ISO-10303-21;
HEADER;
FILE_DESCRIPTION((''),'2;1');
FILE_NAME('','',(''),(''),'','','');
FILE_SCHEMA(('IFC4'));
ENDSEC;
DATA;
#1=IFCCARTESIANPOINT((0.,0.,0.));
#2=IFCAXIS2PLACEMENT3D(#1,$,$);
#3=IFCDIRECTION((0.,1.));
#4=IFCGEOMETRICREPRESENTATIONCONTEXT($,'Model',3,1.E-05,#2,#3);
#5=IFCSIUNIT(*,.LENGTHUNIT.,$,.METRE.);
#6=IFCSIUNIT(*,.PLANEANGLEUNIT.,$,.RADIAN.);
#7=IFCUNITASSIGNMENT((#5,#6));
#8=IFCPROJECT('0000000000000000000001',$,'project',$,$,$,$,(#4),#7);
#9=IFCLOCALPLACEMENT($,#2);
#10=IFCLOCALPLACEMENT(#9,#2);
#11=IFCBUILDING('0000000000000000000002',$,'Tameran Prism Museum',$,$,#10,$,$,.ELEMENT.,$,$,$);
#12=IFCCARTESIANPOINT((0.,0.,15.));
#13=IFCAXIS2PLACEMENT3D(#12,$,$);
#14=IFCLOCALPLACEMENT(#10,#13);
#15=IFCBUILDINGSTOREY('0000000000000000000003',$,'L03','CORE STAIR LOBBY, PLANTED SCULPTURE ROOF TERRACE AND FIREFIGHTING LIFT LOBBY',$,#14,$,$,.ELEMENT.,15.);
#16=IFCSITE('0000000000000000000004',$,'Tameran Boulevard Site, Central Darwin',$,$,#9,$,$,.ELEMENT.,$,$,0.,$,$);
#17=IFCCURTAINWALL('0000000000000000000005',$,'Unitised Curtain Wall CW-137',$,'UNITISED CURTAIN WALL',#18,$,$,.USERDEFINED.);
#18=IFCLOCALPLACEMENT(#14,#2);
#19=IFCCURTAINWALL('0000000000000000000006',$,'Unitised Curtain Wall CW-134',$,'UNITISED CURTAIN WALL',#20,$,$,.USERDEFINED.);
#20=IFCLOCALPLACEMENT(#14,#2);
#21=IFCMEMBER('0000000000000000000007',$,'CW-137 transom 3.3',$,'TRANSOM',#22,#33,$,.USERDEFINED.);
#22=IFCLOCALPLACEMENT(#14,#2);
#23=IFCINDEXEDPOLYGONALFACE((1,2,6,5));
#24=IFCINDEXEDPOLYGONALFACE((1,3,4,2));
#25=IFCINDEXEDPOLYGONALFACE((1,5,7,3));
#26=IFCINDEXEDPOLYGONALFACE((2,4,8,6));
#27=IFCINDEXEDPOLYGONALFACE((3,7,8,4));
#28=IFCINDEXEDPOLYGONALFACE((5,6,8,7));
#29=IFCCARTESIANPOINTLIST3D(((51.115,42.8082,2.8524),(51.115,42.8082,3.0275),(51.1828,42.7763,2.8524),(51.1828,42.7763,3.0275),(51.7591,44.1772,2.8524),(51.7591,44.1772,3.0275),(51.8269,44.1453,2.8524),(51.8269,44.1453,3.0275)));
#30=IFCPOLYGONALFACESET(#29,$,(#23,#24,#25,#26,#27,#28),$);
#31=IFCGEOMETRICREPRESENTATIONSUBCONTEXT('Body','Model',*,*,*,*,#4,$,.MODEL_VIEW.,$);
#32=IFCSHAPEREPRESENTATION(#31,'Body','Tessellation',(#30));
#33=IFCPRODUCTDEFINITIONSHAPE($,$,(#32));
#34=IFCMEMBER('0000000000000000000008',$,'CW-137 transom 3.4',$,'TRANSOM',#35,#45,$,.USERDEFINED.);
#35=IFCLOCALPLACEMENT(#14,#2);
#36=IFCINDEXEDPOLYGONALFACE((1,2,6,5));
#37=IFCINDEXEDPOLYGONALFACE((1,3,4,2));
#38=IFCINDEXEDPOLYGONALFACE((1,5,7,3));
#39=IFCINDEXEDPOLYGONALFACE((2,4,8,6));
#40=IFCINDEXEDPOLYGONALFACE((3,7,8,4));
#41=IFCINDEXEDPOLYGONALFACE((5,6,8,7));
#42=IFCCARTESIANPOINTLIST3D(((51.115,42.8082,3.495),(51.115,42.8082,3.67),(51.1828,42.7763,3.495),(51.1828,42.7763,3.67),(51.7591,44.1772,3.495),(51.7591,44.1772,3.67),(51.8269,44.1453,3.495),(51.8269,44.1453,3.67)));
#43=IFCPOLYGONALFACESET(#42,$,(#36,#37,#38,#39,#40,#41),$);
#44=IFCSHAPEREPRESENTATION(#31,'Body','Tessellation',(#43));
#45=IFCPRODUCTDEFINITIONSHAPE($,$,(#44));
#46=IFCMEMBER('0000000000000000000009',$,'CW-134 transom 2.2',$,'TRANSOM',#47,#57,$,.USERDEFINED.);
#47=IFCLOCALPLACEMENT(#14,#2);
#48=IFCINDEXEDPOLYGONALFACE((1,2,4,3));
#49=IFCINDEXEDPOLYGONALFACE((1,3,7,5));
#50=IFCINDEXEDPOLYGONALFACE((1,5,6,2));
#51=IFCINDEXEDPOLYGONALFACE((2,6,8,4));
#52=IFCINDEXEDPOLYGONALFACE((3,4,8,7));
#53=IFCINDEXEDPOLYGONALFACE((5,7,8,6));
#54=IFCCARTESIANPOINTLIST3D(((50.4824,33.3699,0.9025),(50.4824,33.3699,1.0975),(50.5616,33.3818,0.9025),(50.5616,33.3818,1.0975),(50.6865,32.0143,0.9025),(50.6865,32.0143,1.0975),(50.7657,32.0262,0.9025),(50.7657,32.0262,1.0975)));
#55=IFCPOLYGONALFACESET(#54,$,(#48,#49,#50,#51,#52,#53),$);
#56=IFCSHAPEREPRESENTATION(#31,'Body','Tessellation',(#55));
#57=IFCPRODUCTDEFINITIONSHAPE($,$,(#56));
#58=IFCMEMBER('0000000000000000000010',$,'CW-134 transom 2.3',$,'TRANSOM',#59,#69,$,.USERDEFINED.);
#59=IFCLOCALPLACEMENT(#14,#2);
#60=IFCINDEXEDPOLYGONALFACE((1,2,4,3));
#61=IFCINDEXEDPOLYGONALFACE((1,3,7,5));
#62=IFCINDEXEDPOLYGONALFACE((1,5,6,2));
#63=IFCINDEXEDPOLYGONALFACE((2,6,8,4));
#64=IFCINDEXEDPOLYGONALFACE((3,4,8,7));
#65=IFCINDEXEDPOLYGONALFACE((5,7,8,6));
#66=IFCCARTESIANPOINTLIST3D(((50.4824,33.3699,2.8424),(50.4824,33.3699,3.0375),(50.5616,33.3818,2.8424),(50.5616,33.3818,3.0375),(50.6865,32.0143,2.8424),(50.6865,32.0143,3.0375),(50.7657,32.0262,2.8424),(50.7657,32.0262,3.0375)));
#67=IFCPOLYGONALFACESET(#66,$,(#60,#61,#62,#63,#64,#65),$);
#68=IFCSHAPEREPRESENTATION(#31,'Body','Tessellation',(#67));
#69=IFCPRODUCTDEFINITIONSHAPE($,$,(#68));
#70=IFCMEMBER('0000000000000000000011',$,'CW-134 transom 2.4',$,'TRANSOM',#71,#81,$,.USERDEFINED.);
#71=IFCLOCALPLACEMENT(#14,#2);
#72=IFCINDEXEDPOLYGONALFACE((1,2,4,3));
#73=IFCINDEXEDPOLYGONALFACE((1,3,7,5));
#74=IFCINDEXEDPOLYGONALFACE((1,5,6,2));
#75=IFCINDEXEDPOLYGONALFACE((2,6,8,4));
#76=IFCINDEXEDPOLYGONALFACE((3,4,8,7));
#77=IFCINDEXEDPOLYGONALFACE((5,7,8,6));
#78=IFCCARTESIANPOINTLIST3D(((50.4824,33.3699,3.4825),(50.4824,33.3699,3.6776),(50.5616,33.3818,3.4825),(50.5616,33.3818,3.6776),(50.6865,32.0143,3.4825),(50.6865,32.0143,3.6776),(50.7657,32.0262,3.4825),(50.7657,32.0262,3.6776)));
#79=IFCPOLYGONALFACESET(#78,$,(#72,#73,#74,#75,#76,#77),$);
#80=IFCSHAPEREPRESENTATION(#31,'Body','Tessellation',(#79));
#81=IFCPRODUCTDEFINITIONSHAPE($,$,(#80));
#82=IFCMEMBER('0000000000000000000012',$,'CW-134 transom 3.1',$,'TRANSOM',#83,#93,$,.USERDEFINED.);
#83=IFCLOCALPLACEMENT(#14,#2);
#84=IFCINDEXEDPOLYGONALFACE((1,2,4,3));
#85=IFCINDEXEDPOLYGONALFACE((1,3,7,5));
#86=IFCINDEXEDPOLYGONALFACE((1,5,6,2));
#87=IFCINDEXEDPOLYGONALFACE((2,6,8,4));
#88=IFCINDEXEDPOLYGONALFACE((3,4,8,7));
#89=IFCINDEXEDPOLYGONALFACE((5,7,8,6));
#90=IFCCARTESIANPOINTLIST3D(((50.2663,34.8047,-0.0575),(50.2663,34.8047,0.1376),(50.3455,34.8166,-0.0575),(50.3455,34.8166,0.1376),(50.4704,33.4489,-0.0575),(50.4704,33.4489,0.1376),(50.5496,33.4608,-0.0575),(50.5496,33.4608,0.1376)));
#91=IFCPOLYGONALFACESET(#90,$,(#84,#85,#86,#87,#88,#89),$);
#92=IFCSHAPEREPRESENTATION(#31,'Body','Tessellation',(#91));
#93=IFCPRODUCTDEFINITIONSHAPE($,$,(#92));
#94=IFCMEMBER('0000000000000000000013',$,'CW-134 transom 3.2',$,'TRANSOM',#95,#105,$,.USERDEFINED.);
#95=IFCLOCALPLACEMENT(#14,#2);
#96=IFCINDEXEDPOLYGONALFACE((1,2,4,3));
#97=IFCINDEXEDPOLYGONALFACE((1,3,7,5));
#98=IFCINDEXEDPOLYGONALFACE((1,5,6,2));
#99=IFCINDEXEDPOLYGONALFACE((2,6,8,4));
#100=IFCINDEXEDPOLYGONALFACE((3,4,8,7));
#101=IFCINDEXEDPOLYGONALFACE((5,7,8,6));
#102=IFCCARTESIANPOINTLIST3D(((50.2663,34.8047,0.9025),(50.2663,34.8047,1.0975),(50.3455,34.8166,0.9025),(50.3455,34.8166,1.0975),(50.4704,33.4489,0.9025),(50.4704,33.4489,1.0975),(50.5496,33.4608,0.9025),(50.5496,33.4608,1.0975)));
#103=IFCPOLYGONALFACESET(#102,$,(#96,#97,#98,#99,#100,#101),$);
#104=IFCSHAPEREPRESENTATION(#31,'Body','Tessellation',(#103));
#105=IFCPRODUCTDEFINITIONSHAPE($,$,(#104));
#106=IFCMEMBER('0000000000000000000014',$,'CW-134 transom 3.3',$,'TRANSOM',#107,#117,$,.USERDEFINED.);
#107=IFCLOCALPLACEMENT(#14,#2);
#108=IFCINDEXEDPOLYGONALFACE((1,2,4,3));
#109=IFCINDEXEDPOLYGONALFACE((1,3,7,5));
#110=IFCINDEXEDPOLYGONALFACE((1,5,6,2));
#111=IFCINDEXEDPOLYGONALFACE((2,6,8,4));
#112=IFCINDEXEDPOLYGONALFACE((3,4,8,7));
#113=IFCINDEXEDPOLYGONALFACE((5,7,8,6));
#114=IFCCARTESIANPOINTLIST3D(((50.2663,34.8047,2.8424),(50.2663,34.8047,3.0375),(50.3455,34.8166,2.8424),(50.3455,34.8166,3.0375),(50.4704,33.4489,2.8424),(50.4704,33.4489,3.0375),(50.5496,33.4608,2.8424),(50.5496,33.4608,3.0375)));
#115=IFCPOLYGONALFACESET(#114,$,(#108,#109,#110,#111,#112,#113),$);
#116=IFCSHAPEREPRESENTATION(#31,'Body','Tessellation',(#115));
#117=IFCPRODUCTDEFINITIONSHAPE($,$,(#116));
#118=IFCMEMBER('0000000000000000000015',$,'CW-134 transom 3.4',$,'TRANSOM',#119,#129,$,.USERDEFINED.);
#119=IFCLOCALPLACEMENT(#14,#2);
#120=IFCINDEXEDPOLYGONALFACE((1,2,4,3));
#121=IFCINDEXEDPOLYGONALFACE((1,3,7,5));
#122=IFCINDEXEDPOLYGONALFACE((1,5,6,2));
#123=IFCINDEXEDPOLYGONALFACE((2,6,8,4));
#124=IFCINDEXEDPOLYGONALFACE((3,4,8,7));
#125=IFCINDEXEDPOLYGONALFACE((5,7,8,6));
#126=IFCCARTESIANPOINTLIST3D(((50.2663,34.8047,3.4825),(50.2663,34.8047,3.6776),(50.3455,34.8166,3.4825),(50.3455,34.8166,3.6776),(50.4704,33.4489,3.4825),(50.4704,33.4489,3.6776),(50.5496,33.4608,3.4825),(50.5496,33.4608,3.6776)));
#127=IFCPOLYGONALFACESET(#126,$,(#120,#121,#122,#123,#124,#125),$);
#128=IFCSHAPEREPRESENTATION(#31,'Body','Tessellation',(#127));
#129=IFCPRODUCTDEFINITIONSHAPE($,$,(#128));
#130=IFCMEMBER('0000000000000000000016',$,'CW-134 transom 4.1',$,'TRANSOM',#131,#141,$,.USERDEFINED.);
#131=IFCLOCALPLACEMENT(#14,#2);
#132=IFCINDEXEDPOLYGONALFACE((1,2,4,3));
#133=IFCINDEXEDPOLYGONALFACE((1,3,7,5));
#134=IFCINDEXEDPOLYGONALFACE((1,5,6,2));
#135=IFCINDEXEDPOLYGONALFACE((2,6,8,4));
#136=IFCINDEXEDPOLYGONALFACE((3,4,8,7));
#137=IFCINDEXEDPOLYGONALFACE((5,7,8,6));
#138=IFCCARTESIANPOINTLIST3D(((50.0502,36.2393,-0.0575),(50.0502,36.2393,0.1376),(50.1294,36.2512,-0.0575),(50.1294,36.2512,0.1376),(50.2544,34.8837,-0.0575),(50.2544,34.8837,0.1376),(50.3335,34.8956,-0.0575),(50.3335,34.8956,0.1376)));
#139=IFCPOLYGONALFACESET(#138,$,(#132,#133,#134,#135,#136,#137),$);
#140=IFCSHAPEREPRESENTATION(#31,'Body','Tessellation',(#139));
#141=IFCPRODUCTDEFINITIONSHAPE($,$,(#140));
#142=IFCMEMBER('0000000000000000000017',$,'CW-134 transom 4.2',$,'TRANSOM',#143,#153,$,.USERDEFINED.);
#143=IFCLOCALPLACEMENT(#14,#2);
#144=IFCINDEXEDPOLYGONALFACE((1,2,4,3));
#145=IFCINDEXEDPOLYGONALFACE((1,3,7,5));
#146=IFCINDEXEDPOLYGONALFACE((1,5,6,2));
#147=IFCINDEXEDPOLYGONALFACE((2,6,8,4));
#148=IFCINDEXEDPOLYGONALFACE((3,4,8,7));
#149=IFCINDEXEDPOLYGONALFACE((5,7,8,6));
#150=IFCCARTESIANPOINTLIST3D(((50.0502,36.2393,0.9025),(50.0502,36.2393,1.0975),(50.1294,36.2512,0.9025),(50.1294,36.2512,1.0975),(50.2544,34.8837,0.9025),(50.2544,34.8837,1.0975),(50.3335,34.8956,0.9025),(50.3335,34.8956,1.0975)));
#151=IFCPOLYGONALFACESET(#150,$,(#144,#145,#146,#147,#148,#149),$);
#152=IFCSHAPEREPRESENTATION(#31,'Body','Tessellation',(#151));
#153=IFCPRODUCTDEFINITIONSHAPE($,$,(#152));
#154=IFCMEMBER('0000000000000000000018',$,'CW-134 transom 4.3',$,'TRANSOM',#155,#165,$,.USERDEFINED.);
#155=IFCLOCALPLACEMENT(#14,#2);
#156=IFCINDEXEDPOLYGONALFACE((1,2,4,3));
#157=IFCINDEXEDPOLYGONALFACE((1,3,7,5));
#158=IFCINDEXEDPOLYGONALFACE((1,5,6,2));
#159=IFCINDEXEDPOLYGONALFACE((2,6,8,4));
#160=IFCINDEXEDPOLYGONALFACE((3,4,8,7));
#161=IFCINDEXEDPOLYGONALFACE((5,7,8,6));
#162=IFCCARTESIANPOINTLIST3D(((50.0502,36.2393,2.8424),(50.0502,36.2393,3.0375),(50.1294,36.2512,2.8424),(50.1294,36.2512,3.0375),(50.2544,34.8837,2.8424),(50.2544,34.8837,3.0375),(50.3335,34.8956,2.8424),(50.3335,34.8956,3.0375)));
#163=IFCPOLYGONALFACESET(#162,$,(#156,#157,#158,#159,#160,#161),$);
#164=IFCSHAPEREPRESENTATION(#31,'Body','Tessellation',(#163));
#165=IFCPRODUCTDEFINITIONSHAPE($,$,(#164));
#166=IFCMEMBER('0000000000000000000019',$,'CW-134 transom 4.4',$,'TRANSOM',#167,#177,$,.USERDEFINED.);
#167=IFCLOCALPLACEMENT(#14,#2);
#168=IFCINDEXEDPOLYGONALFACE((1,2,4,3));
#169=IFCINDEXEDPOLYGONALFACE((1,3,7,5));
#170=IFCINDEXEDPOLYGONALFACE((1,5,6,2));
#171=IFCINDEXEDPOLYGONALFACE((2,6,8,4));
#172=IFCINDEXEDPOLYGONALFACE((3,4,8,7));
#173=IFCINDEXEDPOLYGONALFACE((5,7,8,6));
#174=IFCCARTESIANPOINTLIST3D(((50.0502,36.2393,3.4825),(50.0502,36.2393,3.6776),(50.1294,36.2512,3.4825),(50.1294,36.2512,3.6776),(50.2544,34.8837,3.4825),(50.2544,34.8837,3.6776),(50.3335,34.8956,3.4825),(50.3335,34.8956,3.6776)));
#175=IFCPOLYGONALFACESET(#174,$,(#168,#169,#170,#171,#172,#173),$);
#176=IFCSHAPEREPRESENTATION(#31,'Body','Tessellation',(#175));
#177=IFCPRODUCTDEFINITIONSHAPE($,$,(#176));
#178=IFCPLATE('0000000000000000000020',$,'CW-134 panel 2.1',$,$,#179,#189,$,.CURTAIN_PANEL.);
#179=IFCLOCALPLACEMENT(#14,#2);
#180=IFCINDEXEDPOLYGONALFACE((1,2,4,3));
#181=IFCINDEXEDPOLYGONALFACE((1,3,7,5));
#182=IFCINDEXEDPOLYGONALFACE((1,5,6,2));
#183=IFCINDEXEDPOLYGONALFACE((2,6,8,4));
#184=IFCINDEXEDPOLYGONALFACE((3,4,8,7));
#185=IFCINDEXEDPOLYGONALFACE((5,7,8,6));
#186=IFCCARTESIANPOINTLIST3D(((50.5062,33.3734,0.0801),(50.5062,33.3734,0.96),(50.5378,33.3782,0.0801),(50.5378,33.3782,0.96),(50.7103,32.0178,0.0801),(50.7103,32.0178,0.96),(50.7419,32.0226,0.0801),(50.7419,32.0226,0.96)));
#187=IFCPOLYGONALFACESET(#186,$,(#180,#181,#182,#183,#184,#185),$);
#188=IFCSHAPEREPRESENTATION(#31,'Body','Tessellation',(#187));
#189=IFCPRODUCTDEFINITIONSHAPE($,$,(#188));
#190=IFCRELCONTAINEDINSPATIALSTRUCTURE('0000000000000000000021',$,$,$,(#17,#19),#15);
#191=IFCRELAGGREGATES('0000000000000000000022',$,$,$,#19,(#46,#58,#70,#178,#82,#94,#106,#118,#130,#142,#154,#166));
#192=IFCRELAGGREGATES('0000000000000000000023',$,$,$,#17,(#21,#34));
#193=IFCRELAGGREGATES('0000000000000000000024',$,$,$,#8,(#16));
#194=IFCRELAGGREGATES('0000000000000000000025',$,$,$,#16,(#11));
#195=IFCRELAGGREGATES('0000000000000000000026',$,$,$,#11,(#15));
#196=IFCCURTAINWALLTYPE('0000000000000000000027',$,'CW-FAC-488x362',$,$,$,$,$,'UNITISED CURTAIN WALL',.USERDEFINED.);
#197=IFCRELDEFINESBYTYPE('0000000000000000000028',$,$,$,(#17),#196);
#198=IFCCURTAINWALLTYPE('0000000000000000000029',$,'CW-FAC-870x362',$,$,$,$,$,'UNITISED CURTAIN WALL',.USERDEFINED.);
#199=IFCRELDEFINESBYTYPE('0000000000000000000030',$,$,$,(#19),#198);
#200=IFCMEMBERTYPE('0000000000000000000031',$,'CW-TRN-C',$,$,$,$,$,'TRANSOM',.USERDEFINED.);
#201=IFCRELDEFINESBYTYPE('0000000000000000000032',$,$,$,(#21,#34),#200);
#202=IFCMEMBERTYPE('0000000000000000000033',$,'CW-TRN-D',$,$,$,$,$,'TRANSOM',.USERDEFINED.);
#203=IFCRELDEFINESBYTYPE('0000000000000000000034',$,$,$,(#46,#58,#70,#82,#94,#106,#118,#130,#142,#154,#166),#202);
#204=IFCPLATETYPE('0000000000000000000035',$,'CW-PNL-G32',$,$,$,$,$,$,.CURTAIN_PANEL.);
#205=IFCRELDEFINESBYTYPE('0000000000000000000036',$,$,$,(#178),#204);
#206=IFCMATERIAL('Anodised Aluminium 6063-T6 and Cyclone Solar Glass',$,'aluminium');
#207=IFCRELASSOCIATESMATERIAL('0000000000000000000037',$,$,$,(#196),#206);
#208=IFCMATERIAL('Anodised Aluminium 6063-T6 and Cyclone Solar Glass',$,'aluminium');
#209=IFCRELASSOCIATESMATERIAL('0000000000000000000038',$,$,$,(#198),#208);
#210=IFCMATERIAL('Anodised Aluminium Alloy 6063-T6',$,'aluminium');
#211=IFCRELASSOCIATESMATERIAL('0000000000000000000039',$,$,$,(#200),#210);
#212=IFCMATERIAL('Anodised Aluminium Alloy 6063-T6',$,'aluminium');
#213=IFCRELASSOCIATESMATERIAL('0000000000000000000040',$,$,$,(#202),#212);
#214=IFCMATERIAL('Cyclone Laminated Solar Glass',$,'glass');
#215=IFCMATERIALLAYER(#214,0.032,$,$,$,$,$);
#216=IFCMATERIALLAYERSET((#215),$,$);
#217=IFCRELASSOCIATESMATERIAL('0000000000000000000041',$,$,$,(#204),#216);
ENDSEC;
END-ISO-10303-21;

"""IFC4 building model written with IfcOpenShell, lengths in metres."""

from ifc_helpers import new_model, si_unit, direction, frame, origin, origin_2d, place, context, subcontext, project, spatial, rectangle, extrude, material, layer, layer_set, material_profile, profile_set, type_object, element, aggregate, save


model = new_model("IFC4")

# Units and contexts
model_context = context("Model", 3, precision=1e-05, world=origin(), true_north=direction((0.0, 1.0)))
body_context = subcontext(model_context, "Body", "Model", "MODEL_VIEW")
ifc_project = project(units=[si_unit("LENGTHUNIT", "METRE"), si_unit("PLANEANGLEUNIT", "RADIAN")], contexts=[model_context])

# Site, building, storey
site_placement = place(None, origin())
site = spatial("IfcSite", under=ifc_project, at=site_placement, Name="Tameran Boulevard Site, Central Darwin", CompositionType="ELEMENT", RefElevation=0.0)
building_placement = place(site_placement, origin())
building = spatial("IfcBuilding", under=site, at=building_placement, Name="Tameran Prism Museum", CompositionType="ELEMENT")
storey_placement = place(building_placement, frame((0.0, 0.0, 15.0)))
storey = spatial("IfcBuildingStorey", under=building, at=storey_placement, Name="L03", Description="CORE STAIR LOBBY, PLANTED SCULPTURE ROOF TERRACE AND FIREFIGHTING LIFT LOBBY", CompositionType="ELEMENT", Elevation=15.0)

# Curtain walls
ifc_material_1 = material(Name="Anodised Aluminium 6063-T6 and Cyclone Solar Glass", Category="aluminium")
curtain_wall_type_1 = type_object("IfcCurtainWallType", Name="CW-FAC-488x362", ElementType="UNITISED CURTAIN WALL", PredefinedType="USERDEFINED", material=ifc_material_1)
curtain_wall_1_placement = place(storey_placement, origin())
curtain_wall_1 = element("IfcCurtainWall", 1, at=curtain_wall_1_placement, inside=storey, type_object=curtain_wall_type_1, Name="Unitised Curtain Wall CW-137", ObjectType="UNITISED CURTAIN WALL", PredefinedType="USERDEFINED")
ifc_material_2 = material(Name="Anodised Aluminium 6063-T6 and Cyclone Solar Glass", Category="aluminium")
curtain_wall_type_2 = type_object("IfcCurtainWallType", Name="CW-FAC-870x362", ElementType="UNITISED CURTAIN WALL", PredefinedType="USERDEFINED", material=ifc_material_2)
curtain_wall_2_placement = place(storey_placement, origin())
curtain_wall_2 = element("IfcCurtainWall", 2, at=curtain_wall_2_placement, inside=storey, type_object=curtain_wall_type_2, Name="Unitised Curtain Wall CW-134", ObjectType="UNITISED CURTAIN WALL", PredefinedType="USERDEFINED")

# Members
ifc_material_3 = material(Name="Anodised Aluminium Alloy 6063-T6", Category="aluminium")
ifc_material_profile_1 = material_profile(ifc_material_3, rectangle(XDim=0.075, YDim=0.175, at=origin_2d()))
ifc_profile_set_1 = profile_set([ifc_material_profile_1])
member_type_1 = type_object("IfcMemberType", Name="CW-TRN-C", ElementType="TRANSOM", PredefinedType="USERDEFINED", material=ifc_profile_set_1)
member_1_placement = place(storey_placement, frame((51.1489, 42.7922, 2.9399), z_axis=(0.425719, 0.904855, 0.0), x_axis=(-0.904855, 0.425719, 0.0)))
member_1 = element("IfcMember", 3, at=member_1_placement, type_object=member_type_1, Name="CW-137 transom 3.3", ObjectType="TRANSOM", PredefinedType="USERDEFINED", context=body_context, shape_type="SweptSolid", body=[
    extrude(rectangle(XDim=0.075, YDim=0.175, at=origin_2d()), origin(), (0.0, 0.0, 1.0), 1.5129),
])
member_2_placement = place(storey_placement, frame((51.1489, 42.7922, 3.5825), z_axis=(0.425719, 0.904855, 0.0), x_axis=(-0.904855, 0.425719, 0.0)))
member_2 = element("IfcMember", 4, at=member_2_placement, type_object=member_type_1, Name="CW-137 transom 3.4", ObjectType="TRANSOM", PredefinedType="USERDEFINED", context=body_context, shape_type="SweptSolid", body=[
    extrude(rectangle(XDim=0.075, YDim=0.175, at=origin_2d()), origin(), (0.0, 0.0, 1.0), 1.5129),
])
ifc_material_4 = material(Name="Anodised Aluminium Alloy 6063-T6", Category="aluminium")
ifc_material_profile_2 = material_profile(ifc_material_4, rectangle(XDim=0.0801, YDim=0.1951, at=origin_2d()))
ifc_profile_set_2 = profile_set([ifc_material_profile_2])
member_type_2 = type_object("IfcMemberType", Name="CW-TRN-D", ElementType="TRANSOM", PredefinedType="USERDEFINED", material=ifc_profile_set_2)
member_3_placement = place(storey_placement, frame((50.7261, 32.0203, 1.0), z_axis=(-0.148898, 0.988853, 0.0), x_axis=(-0.988853, -0.148898, 0.0)))
member_3 = element("IfcMember", 5, at=member_3_placement, type_object=member_type_2, Name="CW-134 transom 2.2", ObjectType="TRANSOM", PredefinedType="USERDEFINED", context=body_context, shape_type="SweptSolid", body=[
    extrude(rectangle(XDim=0.0801, YDim=0.1951, at=origin_2d()), origin(), (0.0, 0.0, 1.0), 1.3708),
])
member_4_placement = place(storey_placement, frame((50.7261, 32.0203, 2.9399), z_axis=(-0.148898, 0.988853, 0.0), x_axis=(-0.988853, -0.148898, 0.0)))
member_4 = element("IfcMember", 6, at=member_4_placement, type_object=member_type_2, Name="CW-134 transom 2.3", ObjectType="TRANSOM", PredefinedType="USERDEFINED", context=body_context, shape_type="SweptSolid", body=[
    extrude(rectangle(XDim=0.0801, YDim=0.1951, at=origin_2d()), origin(), (0.0, 0.0, 1.0), 1.3708),
])
member_5_placement = place(storey_placement, frame((50.7261, 32.0203, 3.5801), z_axis=(-0.148898, 0.988853, 0.0), x_axis=(-0.988853, -0.148898, 0.0)))
member_5 = element("IfcMember", 7, at=member_5_placement, type_object=member_type_2, Name="CW-134 transom 2.4", ObjectType="TRANSOM", PredefinedType="USERDEFINED", context=body_context, shape_type="SweptSolid", body=[
    extrude(rectangle(XDim=0.0801, YDim=0.1951, at=origin_2d()), origin(), (0.0, 0.0, 1.0), 1.3708),
])
member_6_placement = place(storey_placement, frame((50.51, 33.4548, 0.04), z_axis=(-0.148872, 0.988857, 0.0), x_axis=(-0.988857, -0.148872, 0.0)))
member_6 = element("IfcMember", 8, at=member_6_placement, type_object=member_type_2, Name="CW-134 transom 3.1", ObjectType="TRANSOM", PredefinedType="USERDEFINED", context=body_context, shape_type="SweptSolid", body=[
    extrude(rectangle(XDim=0.0801, YDim=0.1951, at=origin_2d()), origin(), (0.0, 0.0, 1.0), 1.3711),
])
member_7_placement = place(storey_placement, frame((50.51, 33.4548, 1.0), z_axis=(-0.148872, 0.988857, 0.0), x_axis=(-0.988857, -0.148872, 0.0)))
member_7 = element("IfcMember", 9, at=member_7_placement, type_object=member_type_2, Name="CW-134 transom 3.2", ObjectType="TRANSOM", PredefinedType="USERDEFINED", context=body_context, shape_type="SweptSolid", body=[
    extrude(rectangle(XDim=0.0801, YDim=0.1951, at=origin_2d()), origin(), (0.0, 0.0, 1.0), 1.3711),
])
member_8_placement = place(storey_placement, frame((50.51, 33.4548, 2.9399), z_axis=(-0.148872, 0.988857, 0.0), x_axis=(-0.988857, -0.148872, 0.0)))
member_8 = element("IfcMember", 10, at=member_8_placement, type_object=member_type_2, Name="CW-134 transom 3.3", ObjectType="TRANSOM", PredefinedType="USERDEFINED", context=body_context, shape_type="SweptSolid", body=[
    extrude(rectangle(XDim=0.0801, YDim=0.1951, at=origin_2d()), origin(), (0.0, 0.0, 1.0), 1.3711),
])
member_9_placement = place(storey_placement, frame((50.51, 33.4548, 3.5801), z_axis=(-0.148872, 0.988857, 0.0), x_axis=(-0.988857, -0.148872, 0.0)))
member_9 = element("IfcMember", 11, at=member_9_placement, type_object=member_type_2, Name="CW-134 transom 3.4", ObjectType="TRANSOM", PredefinedType="USERDEFINED", context=body_context, shape_type="SweptSolid", body=[
    extrude(rectangle(XDim=0.0801, YDim=0.1951, at=origin_2d()), origin(), (0.0, 0.0, 1.0), 1.3711),
])
member_10_placement = place(storey_placement, frame((50.2939, 34.8896, 0.04), z_axis=(-0.148898, 0.988853, 0.0), x_axis=(-0.988853, -0.148898, 0.0)))
member_10 = element("IfcMember", 12, at=member_10_placement, type_object=member_type_2, Name="CW-134 transom 4.1", ObjectType="TRANSOM", PredefinedType="USERDEFINED", context=body_context, shape_type="SweptSolid", body=[
    extrude(rectangle(XDim=0.0801, YDim=0.1951, at=origin_2d()), origin(), (0.0, 0.0, 1.0), 1.3708),
])
member_11_placement = place(storey_placement, frame((50.2939, 34.8896, 1.0), z_axis=(-0.148898, 0.988853, 0.0), x_axis=(-0.988853, -0.148898, 0.0)))
member_11 = element("IfcMember", 13, at=member_11_placement, type_object=member_type_2, Name="CW-134 transom 4.2", ObjectType="TRANSOM", PredefinedType="USERDEFINED", context=body_context, shape_type="SweptSolid", body=[
    extrude(rectangle(XDim=0.0801, YDim=0.1951, at=origin_2d()), origin(), (0.0, 0.0, 1.0), 1.3708),
])
member_12_placement = place(storey_placement, frame((50.2939, 34.8896, 2.9399), z_axis=(-0.148898, 0.988853, 0.0), x_axis=(-0.988853, -0.148898, 0.0)))
member_12 = element("IfcMember", 14, at=member_12_placement, type_object=member_type_2, Name="CW-134 transom 4.3", ObjectType="TRANSOM", PredefinedType="USERDEFINED", context=body_context, shape_type="SweptSolid", body=[
    extrude(rectangle(XDim=0.0801, YDim=0.1951, at=origin_2d()), origin(), (0.0, 0.0, 1.0), 1.3708),
])
member_13_placement = place(storey_placement, frame((50.2939, 34.8896, 3.5801), z_axis=(-0.148898, 0.988853, 0.0), x_axis=(-0.988853, -0.148898, 0.0)))
member_13 = element("IfcMember", 15, at=member_13_placement, type_object=member_type_2, Name="CW-134 transom 4.4", ObjectType="TRANSOM", PredefinedType="USERDEFINED", context=body_context, shape_type="SweptSolid", body=[
    extrude(rectangle(XDim=0.0801, YDim=0.1951, at=origin_2d()), origin(), (0.0, 0.0, 1.0), 1.3708),
])

# Plate
ifc_material_5 = material(Name="Cyclone Laminated Solar Glass", Category="glass")
ifc_layer_1 = layer(ifc_material_5, 0.032)
ifc_layer_set_1 = layer_set([ifc_layer_1])
plate_type = type_object("IfcPlateType", Name="CW-PNL-G32", PredefinedType="CURTAIN_PANEL", material=ifc_layer_set_1)
plate_1_placement = place(storey_placement, frame((50.624, 32.698, 0.0801), z_axis=(0.0, 0.0, 1.0), x_axis=(-0.14888, 0.988855, 0.0)))
plate_1 = element("IfcPlate", 16, at=plate_1_placement, type_object=plate_type, Name="CW-134 panel 2.1", PredefinedType="CURTAIN_PANEL", context=body_context, shape_type="SweptSolid", body=[
    extrude(rectangle(XDim=1.3708, YDim=0.032, at=origin_2d()), origin(), (0.0, 0.0, 1.0), 0.8799),
])
aggregate(curtain_wall_2, [member_3, member_4, member_5, plate_1, member_6, member_7, member_8, member_9, member_10, member_11, member_12, member_13])
aggregate(curtain_wall_1, [member_1, member_2])

save(model, "model.ifc")
